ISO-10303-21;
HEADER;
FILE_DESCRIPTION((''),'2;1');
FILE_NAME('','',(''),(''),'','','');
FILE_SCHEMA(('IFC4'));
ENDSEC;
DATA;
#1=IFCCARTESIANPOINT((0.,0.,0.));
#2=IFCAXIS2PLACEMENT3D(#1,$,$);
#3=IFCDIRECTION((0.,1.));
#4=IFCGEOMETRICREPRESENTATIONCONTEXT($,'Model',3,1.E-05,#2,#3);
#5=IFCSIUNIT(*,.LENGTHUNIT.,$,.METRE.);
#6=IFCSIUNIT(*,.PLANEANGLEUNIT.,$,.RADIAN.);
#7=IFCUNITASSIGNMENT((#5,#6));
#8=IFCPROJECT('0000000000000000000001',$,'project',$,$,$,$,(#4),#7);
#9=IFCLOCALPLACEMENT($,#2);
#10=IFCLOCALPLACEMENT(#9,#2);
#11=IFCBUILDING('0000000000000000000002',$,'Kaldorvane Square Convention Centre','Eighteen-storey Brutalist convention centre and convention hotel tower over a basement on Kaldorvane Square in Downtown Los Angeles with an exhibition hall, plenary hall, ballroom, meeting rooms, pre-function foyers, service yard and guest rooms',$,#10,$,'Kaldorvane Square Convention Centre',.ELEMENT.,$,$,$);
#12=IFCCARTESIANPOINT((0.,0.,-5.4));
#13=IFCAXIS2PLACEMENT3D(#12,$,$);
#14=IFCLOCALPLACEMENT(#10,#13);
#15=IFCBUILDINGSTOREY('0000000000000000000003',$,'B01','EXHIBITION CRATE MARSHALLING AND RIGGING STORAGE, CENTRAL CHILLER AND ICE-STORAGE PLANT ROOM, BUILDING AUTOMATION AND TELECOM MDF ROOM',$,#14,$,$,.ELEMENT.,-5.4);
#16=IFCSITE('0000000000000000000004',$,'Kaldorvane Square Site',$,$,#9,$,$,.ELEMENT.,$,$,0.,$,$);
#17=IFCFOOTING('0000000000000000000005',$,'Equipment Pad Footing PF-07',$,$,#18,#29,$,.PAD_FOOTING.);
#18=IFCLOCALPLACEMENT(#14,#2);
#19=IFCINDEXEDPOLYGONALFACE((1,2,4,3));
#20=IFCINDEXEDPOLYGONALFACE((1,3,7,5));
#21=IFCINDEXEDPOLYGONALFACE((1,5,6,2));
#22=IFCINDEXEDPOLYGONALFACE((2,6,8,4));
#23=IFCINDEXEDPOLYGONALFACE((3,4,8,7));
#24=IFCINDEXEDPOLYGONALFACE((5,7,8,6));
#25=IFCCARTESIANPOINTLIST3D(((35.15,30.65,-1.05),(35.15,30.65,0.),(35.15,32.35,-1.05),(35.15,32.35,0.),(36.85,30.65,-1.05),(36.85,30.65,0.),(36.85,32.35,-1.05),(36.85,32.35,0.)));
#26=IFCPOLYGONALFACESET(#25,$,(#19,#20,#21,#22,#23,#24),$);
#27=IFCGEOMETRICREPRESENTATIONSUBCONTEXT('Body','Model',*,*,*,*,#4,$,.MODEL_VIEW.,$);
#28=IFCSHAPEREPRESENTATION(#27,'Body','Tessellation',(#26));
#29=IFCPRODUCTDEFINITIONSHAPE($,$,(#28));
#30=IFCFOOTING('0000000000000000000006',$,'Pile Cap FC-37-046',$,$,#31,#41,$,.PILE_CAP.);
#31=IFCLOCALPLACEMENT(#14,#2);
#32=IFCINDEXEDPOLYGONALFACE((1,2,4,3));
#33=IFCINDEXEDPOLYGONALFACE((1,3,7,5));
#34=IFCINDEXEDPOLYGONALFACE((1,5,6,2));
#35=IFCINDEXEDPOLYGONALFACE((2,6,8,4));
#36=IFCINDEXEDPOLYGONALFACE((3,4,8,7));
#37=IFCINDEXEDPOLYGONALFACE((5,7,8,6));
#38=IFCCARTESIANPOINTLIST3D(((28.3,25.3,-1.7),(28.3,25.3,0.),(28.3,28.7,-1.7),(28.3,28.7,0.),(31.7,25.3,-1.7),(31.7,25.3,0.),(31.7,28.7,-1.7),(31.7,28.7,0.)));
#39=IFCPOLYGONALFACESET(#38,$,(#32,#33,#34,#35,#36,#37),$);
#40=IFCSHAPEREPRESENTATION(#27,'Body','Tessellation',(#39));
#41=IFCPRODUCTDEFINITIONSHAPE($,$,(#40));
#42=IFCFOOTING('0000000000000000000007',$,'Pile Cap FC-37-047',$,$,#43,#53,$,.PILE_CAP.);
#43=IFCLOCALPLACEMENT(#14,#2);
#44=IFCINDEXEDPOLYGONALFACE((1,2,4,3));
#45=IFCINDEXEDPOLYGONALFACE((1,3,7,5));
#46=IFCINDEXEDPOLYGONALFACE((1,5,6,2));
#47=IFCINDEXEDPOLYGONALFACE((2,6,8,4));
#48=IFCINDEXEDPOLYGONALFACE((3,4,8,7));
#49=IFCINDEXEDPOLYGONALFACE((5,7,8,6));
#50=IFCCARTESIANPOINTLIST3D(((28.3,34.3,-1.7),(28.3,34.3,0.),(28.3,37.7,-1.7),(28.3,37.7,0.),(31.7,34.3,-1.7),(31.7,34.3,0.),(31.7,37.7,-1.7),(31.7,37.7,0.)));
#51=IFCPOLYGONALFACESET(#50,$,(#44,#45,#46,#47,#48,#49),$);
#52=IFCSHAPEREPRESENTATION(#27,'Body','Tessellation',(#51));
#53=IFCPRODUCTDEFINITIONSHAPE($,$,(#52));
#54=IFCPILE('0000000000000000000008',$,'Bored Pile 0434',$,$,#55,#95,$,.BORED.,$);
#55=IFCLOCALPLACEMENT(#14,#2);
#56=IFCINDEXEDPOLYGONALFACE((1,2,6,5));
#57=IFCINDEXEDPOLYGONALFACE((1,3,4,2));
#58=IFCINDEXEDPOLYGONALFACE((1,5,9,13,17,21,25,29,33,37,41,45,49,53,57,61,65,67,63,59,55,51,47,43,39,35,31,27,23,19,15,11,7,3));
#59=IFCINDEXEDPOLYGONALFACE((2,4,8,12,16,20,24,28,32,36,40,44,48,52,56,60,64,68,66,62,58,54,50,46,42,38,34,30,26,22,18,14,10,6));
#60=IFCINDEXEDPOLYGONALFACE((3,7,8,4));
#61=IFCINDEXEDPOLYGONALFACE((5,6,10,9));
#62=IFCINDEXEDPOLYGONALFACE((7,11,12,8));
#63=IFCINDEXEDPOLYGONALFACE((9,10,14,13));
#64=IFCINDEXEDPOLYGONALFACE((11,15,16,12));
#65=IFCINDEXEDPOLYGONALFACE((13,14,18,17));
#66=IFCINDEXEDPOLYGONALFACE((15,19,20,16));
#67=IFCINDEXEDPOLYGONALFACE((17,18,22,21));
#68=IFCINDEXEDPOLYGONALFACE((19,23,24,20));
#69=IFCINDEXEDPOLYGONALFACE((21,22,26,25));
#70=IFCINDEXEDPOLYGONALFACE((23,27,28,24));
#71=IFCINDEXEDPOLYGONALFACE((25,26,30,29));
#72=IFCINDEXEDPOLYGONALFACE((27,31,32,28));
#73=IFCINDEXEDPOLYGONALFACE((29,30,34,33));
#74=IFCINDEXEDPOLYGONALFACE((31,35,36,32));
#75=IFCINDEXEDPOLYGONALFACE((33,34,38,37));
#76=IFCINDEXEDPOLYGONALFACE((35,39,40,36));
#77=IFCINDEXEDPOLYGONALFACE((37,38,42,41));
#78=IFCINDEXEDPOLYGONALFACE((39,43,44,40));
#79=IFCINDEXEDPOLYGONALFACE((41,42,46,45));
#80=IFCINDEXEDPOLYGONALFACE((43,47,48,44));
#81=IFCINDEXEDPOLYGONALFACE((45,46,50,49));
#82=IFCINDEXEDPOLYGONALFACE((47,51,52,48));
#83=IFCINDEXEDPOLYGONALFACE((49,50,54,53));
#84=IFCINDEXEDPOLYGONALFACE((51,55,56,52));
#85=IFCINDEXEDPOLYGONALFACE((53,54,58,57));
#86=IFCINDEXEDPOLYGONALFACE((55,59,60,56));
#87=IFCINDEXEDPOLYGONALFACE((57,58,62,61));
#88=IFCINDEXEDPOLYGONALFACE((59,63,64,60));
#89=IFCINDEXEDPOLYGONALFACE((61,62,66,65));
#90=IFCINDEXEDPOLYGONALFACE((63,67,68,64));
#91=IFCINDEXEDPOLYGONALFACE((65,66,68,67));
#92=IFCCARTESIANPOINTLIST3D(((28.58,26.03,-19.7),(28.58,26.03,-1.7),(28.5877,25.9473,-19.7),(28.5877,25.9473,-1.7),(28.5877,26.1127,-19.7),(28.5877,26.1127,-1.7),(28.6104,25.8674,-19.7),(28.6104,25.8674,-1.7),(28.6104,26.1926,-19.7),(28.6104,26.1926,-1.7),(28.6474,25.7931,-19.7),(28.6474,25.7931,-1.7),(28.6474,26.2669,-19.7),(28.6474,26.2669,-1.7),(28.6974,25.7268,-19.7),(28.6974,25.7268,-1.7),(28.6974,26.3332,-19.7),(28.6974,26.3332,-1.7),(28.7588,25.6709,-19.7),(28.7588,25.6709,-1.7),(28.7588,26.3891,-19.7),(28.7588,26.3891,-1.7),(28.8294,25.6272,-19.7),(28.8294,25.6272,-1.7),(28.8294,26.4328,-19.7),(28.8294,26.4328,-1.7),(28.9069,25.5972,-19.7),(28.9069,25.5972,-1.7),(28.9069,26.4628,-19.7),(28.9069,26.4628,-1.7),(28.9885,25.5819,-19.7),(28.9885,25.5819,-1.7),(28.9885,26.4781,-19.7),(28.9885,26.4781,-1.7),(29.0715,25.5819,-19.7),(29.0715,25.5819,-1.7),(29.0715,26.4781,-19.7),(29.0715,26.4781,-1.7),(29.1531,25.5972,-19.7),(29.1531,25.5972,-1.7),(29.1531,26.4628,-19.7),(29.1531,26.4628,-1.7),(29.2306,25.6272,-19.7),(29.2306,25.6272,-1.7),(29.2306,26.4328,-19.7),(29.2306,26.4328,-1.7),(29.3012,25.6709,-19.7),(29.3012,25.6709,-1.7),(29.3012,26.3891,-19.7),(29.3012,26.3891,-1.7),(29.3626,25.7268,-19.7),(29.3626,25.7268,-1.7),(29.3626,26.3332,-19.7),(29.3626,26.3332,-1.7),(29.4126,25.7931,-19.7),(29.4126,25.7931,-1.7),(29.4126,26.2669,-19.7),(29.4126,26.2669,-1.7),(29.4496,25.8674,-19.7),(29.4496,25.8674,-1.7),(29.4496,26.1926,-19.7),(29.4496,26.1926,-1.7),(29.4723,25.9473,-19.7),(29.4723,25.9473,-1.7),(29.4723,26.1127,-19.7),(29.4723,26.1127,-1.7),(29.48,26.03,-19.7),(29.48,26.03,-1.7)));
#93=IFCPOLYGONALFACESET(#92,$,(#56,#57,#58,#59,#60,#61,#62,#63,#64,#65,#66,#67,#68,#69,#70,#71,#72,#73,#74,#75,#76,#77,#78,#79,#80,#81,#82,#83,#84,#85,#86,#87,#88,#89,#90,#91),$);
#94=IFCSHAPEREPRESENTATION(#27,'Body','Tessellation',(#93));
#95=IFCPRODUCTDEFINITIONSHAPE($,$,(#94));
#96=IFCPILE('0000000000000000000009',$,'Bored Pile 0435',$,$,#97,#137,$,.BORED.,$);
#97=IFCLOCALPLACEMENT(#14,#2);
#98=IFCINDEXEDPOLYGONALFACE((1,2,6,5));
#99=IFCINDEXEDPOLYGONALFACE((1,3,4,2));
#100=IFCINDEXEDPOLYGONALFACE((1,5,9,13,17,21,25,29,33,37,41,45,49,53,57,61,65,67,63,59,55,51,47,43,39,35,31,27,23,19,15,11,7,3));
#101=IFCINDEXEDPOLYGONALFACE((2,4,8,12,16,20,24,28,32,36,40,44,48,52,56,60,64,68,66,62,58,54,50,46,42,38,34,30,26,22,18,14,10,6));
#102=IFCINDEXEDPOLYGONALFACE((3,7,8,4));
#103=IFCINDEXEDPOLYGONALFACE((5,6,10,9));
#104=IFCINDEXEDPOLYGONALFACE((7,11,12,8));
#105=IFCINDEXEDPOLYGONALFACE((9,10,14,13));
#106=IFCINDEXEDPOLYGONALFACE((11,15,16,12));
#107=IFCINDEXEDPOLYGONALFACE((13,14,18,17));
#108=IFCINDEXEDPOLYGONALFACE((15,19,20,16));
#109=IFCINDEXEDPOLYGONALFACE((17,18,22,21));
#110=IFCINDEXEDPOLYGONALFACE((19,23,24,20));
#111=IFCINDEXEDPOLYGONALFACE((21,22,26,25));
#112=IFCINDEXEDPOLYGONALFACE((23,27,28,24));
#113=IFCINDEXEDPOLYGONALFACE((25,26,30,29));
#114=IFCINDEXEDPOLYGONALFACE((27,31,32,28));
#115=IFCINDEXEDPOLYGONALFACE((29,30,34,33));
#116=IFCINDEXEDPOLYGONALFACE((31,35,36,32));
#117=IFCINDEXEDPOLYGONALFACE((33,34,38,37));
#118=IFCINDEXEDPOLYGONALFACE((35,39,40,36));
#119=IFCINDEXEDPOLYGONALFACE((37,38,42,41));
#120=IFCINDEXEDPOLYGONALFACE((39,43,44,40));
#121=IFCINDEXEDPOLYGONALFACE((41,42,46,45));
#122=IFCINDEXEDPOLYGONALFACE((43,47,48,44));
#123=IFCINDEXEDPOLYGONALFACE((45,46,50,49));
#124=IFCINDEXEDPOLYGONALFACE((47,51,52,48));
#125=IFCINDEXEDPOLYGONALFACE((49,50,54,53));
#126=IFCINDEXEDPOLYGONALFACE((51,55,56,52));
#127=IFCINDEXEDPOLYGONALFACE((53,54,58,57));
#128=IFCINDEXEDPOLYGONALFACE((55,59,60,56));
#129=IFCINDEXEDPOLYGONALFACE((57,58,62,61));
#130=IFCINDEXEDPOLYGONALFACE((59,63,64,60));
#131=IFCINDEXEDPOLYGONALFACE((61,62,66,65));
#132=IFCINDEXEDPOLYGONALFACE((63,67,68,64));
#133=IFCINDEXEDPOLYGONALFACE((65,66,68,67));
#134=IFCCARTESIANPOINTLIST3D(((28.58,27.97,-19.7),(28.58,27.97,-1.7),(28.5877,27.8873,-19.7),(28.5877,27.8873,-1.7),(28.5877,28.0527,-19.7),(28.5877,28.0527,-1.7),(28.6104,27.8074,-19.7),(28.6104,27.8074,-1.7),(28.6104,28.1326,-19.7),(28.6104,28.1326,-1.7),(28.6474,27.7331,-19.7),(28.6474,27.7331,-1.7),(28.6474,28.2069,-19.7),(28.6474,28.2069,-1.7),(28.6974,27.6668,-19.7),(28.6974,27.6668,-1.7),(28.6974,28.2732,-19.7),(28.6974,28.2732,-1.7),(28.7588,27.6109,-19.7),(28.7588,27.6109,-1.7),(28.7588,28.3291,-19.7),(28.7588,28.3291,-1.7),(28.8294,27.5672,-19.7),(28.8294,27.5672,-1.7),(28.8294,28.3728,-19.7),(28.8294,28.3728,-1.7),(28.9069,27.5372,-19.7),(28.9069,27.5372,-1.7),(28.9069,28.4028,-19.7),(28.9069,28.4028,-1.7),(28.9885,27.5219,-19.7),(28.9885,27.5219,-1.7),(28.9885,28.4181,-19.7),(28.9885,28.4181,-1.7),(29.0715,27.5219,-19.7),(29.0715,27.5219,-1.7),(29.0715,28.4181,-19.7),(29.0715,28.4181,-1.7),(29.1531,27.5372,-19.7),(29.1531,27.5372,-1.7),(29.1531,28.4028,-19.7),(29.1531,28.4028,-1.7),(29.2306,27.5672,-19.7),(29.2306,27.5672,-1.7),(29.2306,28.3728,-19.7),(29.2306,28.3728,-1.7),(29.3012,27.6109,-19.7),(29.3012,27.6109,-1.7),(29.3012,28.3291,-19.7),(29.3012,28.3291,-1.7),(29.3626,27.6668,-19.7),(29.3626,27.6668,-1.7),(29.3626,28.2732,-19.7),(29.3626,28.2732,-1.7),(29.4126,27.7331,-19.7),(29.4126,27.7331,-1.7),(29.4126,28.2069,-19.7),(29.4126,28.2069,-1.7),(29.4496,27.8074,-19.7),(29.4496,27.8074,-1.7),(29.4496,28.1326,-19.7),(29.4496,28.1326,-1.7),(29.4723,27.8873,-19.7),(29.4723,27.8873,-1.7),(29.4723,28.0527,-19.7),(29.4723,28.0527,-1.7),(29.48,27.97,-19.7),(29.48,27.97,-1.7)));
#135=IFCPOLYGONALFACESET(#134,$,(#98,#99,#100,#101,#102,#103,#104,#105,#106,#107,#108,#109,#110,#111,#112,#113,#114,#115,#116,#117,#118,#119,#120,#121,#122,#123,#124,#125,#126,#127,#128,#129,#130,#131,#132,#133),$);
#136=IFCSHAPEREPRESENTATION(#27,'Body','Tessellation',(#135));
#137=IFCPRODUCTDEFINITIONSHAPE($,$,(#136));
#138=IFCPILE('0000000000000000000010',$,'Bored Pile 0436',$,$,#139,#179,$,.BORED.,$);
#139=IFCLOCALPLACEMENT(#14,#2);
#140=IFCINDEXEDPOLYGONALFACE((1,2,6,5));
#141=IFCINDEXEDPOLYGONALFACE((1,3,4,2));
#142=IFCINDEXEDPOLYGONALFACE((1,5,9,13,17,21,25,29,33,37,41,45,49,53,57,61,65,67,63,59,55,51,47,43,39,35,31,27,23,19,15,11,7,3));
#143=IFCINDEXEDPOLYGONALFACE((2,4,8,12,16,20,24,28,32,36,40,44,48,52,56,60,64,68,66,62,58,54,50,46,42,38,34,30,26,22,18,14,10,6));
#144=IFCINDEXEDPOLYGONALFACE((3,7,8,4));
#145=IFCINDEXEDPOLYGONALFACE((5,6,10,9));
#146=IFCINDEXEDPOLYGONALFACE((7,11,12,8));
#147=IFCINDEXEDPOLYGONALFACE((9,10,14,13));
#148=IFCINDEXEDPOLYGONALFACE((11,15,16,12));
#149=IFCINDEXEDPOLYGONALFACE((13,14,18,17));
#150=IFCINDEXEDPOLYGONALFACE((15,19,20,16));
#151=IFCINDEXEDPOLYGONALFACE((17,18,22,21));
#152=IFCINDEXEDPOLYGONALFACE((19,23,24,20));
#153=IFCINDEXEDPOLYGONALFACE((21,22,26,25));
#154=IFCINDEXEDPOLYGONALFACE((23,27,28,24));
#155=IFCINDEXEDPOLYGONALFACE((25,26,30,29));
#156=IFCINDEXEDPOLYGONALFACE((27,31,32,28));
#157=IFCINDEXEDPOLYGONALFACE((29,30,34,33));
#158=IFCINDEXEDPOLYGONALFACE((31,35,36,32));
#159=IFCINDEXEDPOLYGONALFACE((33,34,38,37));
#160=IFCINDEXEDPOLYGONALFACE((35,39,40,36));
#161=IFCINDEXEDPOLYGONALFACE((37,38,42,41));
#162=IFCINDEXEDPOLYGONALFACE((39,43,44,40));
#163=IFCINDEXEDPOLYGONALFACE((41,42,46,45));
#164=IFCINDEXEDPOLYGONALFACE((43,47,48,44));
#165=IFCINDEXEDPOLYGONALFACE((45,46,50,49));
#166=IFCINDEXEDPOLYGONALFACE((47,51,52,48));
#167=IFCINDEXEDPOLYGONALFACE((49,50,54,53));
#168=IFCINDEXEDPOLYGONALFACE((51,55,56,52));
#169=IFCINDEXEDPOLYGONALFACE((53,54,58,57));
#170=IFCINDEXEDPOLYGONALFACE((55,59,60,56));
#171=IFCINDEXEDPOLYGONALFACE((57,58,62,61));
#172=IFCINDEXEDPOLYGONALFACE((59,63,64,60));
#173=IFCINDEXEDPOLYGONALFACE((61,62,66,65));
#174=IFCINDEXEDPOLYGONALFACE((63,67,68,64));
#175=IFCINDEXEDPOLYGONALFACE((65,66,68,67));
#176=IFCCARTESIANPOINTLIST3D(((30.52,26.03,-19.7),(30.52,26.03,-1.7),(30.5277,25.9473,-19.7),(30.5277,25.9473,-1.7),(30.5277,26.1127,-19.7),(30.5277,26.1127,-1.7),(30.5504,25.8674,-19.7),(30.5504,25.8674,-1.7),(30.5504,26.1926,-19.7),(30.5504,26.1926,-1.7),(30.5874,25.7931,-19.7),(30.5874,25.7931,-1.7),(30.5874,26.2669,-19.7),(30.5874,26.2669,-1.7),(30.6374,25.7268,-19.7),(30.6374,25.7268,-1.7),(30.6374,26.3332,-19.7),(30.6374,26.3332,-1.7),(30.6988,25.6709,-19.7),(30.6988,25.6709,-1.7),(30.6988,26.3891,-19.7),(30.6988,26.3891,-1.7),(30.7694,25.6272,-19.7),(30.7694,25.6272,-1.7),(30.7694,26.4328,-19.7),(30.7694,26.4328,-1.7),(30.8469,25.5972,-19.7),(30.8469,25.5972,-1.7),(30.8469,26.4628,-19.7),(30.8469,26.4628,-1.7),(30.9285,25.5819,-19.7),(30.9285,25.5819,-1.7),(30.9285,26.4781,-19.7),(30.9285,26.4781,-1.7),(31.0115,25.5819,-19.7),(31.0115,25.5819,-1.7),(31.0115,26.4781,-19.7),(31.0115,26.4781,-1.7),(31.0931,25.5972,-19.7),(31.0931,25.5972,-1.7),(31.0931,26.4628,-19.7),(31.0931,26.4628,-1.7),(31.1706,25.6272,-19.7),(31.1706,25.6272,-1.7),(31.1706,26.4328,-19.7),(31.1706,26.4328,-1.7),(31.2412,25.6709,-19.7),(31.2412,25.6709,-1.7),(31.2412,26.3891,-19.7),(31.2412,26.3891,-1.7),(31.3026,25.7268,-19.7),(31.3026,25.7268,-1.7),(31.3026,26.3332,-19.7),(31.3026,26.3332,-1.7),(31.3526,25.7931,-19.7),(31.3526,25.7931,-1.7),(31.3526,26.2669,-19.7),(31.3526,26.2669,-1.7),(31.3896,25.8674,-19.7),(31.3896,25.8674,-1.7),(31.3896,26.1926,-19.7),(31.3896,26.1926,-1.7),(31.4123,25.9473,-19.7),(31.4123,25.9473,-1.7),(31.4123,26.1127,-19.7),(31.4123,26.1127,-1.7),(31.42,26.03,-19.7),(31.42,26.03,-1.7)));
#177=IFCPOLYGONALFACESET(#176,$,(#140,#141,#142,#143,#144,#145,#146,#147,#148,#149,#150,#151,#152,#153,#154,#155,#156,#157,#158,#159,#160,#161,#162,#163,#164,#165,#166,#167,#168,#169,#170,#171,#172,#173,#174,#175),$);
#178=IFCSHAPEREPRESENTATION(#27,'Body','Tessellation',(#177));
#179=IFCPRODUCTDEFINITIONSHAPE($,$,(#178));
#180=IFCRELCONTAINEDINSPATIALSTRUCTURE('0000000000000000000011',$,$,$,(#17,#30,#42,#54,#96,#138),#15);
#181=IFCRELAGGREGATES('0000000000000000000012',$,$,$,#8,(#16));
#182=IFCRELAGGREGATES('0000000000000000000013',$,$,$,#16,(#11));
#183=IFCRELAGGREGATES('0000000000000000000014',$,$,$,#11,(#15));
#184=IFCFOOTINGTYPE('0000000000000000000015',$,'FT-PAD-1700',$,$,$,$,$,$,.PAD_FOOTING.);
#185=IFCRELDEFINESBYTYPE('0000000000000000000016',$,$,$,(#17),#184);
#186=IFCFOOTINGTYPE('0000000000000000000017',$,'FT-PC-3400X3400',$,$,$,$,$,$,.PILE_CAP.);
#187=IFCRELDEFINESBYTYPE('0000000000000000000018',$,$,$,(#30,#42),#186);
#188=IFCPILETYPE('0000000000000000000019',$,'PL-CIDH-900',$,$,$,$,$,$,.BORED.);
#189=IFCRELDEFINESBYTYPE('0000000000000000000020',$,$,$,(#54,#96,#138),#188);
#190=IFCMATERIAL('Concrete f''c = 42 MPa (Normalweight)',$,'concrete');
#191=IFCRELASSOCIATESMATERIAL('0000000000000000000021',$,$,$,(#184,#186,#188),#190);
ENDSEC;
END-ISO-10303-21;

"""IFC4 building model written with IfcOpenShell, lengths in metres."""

from ifc_helpers import new_model, si_unit, direction, frame, origin, origin_2d, place, context, subcontext, project, spatial, rectangle, circle, extrude, material, material_profile, profile_set, type_object, element, save


model = new_model("IFC4")

# Units and contexts
model_context = context("Model", 3, precision=1e-05, world=origin(), true_north=direction((0.0, 1.0)))
body_context = subcontext(model_context, "Body", "Model", "MODEL_VIEW")
ifc_project = project(units=[si_unit("LENGTHUNIT", "METRE"), si_unit("PLANEANGLEUNIT", "RADIAN")], contexts=[model_context])

# Site, building, storey
site_placement = place(None, origin())
site = spatial("IfcSite", under=ifc_project, at=site_placement, Name="Kaldorvane Square Site", CompositionType="ELEMENT", RefElevation=0.0)
building_placement = place(site_placement, origin())
building = spatial("IfcBuilding", under=site, at=building_placement, Name="Kaldorvane Square Convention Centre", Description="Eighteen-storey Brutalist convention centre and convention hotel tower over a basement on Kaldorvane Square in Downtown Los Angeles with an exhibition hall, plenary hall, ballroom, meeting rooms, pre-function foyers, service yard and guest rooms", LongName="Kaldorvane Square Convention Centre", CompositionType="ELEMENT")
storey_placement = place(building_placement, frame((0.0, 0.0, -5.4)))
storey = spatial("IfcBuildingStorey", under=building, at=storey_placement, Name="B01", Description="EXHIBITION CRATE MARSHALLING AND RIGGING STORAGE, CENTRAL CHILLER AND ICE-STORAGE PLANT ROOM, BUILDING AUTOMATION AND TELECOM MDF ROOM", CompositionType="ELEMENT", Elevation=-5.4)

# Footings
ifc_material_1 = material(Name="Concrete f'c = 42 MPa (Normalweight)", Category="concrete")
footing_type_1 = type_object("IfcFootingType", Name="FT-PAD-1700", PredefinedType="PAD_FOOTING", material=ifc_material_1)
footing_placement = place(storey_placement, frame((36.0, 31.5, -1.05), z_axis=(0.0, 0.0, 1.0), x_axis=(1.0, 0.0, 0.0)))
element("IfcFooting", 1, at=footing_placement, inside=storey, type_object=footing_type_1, Name="Equipment Pad Footing PF-07", PredefinedType="PAD_FOOTING", context=body_context, shape_type="SweptSolid", body=[
    extrude(rectangle(XDim=1.7, YDim=1.7, at=origin_2d()), origin(), (0.0, 0.0, 1.0), 1.05),
])
footing_type_2 = type_object("IfcFootingType", Name="FT-PC-3400X3400", PredefinedType="PILE_CAP", material=ifc_material_1)
for number, where, z_axis, x_axis, name in (
    (2, (30.0, 27.0, -1.7), (0.0, 0.0, 1.0), (1.0, 0.0, 0.0), "Pile Cap FC-37-046"),
    (3, (30.0, 36.0, -1.7), (0.0, 0.0, 1.0), (1.0, 0.0, 0.0), "Pile Cap FC-37-047"),
):
    element("IfcFooting", number, at=place(storey_placement, frame(where, z_axis=z_axis, x_axis=x_axis)), inside=storey, type_object=footing_type_2, Name=name, PredefinedType="PILE_CAP", context=body_context, shape_type="SweptSolid", body=[
        extrude(rectangle(XDim=3.4, YDim=3.4, at=origin_2d()), origin(), (0.0, 0.0, 1.0), 1.7),
    ])

# Piles
ifc_material_profile_1 = material_profile(ifc_material_1, circle(Radius=0.45, at=origin_2d()), Name="PILE-D900")
ifc_profile_set_1 = profile_set([ifc_material_profile_1], Name="Concrete f'c = 42 MPa (Normalweight)")
pile_type = type_object("IfcPileType", Name="PL-CIDH-900", PredefinedType="BORED", material=ifc_profile_set_1)
for number, where, z_axis, x_axis, name in (
    (4, (29.03, 26.03, -1.7), (0.0, 0.0, -1.0), (1.0, 0.0, 0.0), "Bored Pile 0434"),
    (5, (29.03, 27.97, -1.7), (0.0, 0.0, -1.0), (1.0, 0.0, 0.0), "Bored Pile 0435"),
    (6, (30.97, 26.03, -1.7), (0.0, 0.0, -1.0), (1.0, 0.0, 0.0), "Bored Pile 0436"),
):
    element("IfcPile", number, at=place(storey_placement, frame(where, z_axis=z_axis, x_axis=x_axis)), inside=storey, type_object=pile_type, Name=name, PredefinedType="BORED", context=body_context, shape_type="SweptSolid", body=[
        extrude(circle(Radius=0.45, at=origin_2d()), origin(), (0.0, 0.0, 1.0), 18.0),
    ])

save(model, "model.ifc")
